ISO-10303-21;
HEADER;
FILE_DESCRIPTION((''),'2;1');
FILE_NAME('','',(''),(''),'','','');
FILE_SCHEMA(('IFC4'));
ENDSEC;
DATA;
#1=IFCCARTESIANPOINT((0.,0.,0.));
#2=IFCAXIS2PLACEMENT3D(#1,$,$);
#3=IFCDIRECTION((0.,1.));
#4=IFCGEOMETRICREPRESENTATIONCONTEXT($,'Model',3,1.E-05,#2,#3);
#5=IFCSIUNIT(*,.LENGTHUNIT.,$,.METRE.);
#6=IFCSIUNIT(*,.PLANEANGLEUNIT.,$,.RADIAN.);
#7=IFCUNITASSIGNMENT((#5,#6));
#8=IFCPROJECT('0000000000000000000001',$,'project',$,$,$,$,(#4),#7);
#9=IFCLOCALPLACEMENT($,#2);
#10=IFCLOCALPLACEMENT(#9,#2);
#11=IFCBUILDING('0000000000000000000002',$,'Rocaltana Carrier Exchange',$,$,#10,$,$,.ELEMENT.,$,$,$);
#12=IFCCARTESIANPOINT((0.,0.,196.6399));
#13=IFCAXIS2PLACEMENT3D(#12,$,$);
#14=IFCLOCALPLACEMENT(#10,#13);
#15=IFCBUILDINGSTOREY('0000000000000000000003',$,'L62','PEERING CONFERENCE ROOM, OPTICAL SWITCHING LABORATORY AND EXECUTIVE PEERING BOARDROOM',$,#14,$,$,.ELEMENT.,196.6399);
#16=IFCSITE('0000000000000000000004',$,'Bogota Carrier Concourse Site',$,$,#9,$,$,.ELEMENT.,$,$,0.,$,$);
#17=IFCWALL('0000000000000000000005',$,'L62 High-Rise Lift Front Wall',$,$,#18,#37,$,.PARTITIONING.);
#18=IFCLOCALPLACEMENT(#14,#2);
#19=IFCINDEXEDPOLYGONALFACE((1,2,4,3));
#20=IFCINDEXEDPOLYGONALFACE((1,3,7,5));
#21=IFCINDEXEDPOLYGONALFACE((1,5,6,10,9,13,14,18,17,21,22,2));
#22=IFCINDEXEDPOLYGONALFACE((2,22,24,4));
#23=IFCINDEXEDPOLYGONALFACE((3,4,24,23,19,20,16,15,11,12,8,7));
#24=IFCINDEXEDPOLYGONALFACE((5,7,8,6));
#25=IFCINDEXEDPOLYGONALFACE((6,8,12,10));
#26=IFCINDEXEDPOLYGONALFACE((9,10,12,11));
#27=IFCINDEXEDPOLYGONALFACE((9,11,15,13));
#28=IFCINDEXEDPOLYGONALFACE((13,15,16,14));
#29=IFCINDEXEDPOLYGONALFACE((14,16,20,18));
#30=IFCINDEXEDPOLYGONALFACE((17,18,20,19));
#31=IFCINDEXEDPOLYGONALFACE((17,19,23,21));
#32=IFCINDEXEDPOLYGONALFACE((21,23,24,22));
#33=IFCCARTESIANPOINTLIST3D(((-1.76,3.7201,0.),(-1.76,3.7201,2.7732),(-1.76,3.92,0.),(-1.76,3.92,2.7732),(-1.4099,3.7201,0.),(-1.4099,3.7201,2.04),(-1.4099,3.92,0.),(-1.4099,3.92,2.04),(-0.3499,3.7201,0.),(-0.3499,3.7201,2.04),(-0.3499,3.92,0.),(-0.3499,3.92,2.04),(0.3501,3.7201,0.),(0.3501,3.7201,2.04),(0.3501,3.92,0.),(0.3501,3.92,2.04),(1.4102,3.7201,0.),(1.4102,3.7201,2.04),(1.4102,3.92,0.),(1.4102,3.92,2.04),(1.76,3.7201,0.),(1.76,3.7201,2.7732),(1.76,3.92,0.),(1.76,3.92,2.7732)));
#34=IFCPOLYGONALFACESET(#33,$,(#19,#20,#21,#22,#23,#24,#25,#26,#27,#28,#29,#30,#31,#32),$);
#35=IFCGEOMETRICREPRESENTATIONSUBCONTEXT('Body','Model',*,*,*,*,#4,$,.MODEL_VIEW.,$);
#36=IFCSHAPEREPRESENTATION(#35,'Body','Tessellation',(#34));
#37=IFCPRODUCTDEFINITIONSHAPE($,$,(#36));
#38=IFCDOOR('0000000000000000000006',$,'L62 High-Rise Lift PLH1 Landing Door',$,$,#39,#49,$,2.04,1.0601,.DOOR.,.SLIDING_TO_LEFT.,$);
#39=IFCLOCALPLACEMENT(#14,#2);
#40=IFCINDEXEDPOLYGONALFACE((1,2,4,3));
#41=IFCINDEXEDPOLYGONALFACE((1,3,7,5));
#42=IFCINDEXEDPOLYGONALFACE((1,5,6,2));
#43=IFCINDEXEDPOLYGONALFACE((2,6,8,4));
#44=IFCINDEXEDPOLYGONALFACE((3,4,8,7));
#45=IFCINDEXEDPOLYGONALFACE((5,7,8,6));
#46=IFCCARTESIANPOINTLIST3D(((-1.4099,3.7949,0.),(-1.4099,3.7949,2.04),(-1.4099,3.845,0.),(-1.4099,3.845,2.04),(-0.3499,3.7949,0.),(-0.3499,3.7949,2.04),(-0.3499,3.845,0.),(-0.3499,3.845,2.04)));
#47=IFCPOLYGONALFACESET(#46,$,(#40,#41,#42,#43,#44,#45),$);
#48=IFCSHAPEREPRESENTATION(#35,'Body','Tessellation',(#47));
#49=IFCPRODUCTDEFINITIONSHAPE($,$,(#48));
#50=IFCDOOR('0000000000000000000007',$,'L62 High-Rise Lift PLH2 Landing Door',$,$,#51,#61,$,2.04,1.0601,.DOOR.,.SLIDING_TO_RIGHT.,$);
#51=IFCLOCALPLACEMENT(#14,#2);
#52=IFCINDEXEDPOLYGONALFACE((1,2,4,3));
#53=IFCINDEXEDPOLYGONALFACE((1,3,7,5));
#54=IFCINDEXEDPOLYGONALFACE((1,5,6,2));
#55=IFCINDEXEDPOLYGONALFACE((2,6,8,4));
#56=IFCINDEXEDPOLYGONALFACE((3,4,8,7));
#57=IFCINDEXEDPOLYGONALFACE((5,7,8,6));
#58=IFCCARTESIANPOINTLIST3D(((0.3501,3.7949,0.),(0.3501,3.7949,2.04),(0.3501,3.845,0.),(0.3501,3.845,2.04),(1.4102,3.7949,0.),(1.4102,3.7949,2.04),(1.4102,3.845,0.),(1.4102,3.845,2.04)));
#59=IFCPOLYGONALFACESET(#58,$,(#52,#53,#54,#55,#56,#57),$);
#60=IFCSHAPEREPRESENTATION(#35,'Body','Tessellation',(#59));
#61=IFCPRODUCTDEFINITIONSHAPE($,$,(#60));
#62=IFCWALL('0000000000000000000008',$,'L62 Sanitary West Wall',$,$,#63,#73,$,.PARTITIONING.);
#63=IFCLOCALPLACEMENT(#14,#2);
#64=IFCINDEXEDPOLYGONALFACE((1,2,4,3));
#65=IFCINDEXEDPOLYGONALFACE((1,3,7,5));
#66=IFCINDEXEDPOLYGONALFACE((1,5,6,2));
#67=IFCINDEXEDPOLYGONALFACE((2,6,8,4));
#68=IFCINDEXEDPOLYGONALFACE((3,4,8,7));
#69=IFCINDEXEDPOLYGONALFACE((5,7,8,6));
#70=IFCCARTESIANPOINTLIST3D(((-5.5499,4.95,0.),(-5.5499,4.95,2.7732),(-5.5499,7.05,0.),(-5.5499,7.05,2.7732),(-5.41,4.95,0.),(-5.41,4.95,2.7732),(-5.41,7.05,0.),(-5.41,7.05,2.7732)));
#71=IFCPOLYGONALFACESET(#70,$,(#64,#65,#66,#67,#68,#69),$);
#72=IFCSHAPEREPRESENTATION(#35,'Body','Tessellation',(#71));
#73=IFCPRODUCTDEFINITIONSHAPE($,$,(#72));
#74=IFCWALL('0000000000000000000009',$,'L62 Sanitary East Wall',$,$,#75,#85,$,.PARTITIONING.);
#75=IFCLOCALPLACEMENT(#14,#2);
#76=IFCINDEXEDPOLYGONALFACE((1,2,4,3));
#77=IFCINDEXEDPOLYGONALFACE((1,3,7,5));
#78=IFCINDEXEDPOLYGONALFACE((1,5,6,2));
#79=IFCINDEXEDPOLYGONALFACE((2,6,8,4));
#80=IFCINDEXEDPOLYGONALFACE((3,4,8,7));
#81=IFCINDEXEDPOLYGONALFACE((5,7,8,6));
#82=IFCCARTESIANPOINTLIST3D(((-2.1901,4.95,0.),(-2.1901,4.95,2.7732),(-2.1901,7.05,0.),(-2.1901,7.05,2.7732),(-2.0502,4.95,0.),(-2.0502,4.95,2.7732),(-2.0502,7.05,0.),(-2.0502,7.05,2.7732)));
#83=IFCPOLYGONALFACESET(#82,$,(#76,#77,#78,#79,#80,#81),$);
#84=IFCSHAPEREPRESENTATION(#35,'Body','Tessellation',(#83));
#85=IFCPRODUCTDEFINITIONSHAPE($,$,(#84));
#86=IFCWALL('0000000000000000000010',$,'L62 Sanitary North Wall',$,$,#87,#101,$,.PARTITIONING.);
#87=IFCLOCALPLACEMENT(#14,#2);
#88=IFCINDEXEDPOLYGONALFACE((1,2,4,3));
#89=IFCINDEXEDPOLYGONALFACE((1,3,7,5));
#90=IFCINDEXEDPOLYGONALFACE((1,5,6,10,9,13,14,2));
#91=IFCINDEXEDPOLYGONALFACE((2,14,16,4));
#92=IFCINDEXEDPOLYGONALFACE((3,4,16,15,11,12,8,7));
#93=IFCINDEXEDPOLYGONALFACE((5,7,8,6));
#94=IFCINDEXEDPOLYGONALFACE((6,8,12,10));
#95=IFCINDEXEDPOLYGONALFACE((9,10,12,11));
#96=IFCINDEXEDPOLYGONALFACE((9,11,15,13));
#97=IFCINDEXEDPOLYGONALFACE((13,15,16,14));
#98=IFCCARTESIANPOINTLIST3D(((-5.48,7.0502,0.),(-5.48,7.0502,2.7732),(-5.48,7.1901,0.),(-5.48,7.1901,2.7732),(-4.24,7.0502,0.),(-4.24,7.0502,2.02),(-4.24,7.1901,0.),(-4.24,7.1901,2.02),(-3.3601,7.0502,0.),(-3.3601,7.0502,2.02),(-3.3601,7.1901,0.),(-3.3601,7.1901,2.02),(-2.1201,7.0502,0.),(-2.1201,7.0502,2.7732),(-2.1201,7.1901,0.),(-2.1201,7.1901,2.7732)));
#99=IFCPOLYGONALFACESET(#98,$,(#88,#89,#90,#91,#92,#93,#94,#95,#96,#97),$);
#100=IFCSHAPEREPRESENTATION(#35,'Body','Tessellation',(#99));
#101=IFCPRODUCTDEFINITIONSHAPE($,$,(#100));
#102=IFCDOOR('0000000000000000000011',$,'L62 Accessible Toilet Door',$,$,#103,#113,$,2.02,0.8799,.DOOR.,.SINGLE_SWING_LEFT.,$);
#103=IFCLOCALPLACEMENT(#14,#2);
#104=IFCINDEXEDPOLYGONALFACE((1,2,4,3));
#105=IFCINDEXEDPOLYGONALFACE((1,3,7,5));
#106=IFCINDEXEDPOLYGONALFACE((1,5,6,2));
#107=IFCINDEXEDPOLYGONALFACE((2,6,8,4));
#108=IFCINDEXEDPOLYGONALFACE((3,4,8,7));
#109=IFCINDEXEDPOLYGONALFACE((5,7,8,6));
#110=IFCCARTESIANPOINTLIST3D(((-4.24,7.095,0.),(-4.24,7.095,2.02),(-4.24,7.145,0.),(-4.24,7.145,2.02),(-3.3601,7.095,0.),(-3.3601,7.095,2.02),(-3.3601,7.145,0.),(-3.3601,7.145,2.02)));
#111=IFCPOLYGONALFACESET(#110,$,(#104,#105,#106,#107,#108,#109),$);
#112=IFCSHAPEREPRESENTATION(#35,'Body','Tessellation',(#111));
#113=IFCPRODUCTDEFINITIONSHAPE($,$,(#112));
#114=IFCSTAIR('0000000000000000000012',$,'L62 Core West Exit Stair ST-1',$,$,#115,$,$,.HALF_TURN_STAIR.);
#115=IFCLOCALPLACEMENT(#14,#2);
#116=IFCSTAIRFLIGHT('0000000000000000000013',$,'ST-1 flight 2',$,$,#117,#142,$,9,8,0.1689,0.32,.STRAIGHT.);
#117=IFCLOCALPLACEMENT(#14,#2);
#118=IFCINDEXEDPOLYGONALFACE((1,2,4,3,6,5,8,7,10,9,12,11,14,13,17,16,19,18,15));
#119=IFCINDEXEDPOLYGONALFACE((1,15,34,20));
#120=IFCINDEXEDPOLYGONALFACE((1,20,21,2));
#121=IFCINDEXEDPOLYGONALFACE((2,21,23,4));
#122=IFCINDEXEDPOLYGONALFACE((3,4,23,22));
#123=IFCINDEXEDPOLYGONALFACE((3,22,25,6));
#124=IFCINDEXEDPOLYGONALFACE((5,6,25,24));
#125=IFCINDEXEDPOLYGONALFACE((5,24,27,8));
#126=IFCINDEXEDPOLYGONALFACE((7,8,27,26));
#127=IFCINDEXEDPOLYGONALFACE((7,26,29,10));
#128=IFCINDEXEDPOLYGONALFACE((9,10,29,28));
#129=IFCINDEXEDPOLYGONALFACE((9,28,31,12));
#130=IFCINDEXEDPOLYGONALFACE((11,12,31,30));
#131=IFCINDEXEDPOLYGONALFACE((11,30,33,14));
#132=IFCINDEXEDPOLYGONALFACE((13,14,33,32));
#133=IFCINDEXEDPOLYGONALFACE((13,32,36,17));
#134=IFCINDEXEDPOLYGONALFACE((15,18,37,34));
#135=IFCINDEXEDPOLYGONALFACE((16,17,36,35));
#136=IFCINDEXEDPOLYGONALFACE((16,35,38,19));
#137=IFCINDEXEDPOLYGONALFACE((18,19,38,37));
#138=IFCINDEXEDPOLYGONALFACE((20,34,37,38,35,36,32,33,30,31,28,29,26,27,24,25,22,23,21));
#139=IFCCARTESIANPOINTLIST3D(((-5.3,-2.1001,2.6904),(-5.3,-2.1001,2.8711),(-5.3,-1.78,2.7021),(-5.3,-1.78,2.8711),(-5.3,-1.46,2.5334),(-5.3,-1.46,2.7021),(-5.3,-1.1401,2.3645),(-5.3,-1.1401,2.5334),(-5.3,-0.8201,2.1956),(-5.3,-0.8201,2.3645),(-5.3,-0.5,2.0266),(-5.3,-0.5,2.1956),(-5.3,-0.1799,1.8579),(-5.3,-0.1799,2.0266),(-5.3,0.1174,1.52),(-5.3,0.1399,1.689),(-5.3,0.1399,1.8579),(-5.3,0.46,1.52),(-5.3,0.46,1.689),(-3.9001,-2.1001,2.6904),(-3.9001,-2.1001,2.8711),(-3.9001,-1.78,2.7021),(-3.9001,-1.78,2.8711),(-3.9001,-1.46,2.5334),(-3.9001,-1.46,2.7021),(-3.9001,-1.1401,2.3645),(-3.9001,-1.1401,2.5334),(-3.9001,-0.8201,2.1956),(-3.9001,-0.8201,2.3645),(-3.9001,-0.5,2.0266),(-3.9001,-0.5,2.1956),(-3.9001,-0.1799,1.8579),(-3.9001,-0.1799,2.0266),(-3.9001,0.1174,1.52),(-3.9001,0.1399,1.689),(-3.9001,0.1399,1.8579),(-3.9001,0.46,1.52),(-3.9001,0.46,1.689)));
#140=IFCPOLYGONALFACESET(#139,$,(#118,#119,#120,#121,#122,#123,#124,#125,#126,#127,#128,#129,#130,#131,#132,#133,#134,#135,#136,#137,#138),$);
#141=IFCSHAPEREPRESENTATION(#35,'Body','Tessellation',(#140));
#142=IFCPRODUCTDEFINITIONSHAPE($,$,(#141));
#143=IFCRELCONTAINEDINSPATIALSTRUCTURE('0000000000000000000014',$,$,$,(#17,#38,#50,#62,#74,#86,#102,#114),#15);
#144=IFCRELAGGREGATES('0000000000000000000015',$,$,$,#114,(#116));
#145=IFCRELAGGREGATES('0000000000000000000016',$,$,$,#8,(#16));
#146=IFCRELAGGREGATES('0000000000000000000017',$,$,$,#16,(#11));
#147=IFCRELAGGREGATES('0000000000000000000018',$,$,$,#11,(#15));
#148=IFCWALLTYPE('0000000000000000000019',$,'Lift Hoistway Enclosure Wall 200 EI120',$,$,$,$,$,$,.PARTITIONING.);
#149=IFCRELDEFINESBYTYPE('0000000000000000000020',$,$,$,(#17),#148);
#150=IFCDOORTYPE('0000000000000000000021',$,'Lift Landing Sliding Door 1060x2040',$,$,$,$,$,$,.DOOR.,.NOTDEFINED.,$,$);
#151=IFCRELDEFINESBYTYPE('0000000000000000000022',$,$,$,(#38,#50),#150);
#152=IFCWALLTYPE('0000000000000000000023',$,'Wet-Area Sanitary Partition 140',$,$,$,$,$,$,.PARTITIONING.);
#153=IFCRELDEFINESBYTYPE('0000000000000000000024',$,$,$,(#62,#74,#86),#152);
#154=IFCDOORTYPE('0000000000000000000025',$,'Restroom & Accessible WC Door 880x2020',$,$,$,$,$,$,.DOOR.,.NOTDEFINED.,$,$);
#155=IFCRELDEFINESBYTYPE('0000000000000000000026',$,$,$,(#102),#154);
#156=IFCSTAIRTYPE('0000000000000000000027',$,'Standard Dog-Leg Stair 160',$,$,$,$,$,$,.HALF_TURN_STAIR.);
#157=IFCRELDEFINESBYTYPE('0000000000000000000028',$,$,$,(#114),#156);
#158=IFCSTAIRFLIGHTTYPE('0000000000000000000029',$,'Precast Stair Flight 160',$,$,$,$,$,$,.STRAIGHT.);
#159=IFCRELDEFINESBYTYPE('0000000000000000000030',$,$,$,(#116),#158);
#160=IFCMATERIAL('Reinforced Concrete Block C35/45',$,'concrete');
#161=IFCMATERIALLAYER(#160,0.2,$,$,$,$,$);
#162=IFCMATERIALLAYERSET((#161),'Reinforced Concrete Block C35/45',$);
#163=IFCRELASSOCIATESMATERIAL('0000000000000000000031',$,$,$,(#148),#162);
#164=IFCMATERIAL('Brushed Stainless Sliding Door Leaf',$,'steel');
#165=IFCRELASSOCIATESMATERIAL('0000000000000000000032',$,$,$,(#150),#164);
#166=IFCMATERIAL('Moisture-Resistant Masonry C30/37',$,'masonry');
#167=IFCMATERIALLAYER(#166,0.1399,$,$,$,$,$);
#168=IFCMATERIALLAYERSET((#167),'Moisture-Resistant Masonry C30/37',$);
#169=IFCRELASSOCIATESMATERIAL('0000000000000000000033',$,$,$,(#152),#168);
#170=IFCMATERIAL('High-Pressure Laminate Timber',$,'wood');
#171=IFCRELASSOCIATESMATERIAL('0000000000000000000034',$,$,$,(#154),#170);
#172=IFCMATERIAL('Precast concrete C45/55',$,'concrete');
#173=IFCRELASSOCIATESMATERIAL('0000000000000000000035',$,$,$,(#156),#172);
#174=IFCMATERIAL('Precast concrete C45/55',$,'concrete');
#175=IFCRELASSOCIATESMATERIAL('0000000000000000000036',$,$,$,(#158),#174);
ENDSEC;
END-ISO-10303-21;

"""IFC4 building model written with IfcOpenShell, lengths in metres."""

from ifc_helpers import new_model, si_unit, direction, frame, frame_2d, origin, place, context, subcontext, project, spatial, polyline, rectangle, outline, extrude, material, layer, layer_set, type_object, element, fill, aggregate, save


model = new_model("IFC4")

# Units and contexts
model_context = context("Model", 3, precision=1e-05, world=origin(), true_north=direction((0.0, 1.0)))
body_context = subcontext(model_context, "Body", "Model", "MODEL_VIEW")
ifc_project = project(units=[si_unit("LENGTHUNIT", "METRE"), si_unit("PLANEANGLEUNIT", "RADIAN")], contexts=[model_context])

# Site, building, storey
site_placement = place(None, origin())
site = spatial("IfcSite", under=ifc_project, at=site_placement, Name="Bogota Carrier Concourse Site", CompositionType="ELEMENT", RefElevation=0.0)
building_placement = place(site_placement, origin())
building = spatial("IfcBuilding", under=site, at=building_placement, Name="Rocaltana Carrier Exchange", CompositionType="ELEMENT")
storey_placement = place(building_placement, frame((0.0, 0.0, 196.6399)))
storey = spatial("IfcBuildingStorey", under=building, at=storey_placement, Name="L62", Description="PEERING CONFERENCE ROOM, OPTICAL SWITCHING LABORATORY AND EXECUTIVE PEERING BOARDROOM", CompositionType="ELEMENT", Elevation=196.6399)

# Shared definitions
ifc_material_1 = material(Name="Reinforced Concrete Block C35/45", Category="concrete")
ifc_layer_1 = layer(ifc_material_1, 0.2)
ifc_layer_set_1 = layer_set([ifc_layer_1], Name="Reinforced Concrete Block C35/45")
wall_type_1 = type_object("IfcWallType", Name="Lift Hoistway Enclosure Wall 200 EI120", PredefinedType="PARTITIONING", material=ifc_layer_set_1)

# Wall, openings, doors
wall_1_placement = place(storey_placement, frame((-1.76, 3.8201, 0.0), z_axis=(0.0, 0.0, 1.0), x_axis=(1.0, 0.0, 0.0)))
wall_1 = element("IfcWall", 1, at=wall_1_placement, inside=storey, type_object=wall_type_1, Name="L62 High-Rise Lift Front Wall", PredefinedType="PARTITIONING", context=body_context, shape_type="SweptSolid", body=[
    extrude(rectangle(XDim=3.52, YDim=0.2, at=frame_2d((1.76, 0.0))), origin(), (0.0, 0.0, 1.0), 2.7732),
])
opening_1_placement = place(wall_1_placement, frame((0.3501, 0.0, 0.0)))
opening_1 = element("IfcOpeningElement", 2, at=opening_1_placement, cuts=wall_1, PredefinedType="OPENING", context=body_context, shape_type="SweptSolid", body=[
    extrude(rectangle(XDim=1.0601, YDim=2.04, at=frame_2d((0.53, 1.02))), frame((0.0, 0.1099, 0.0), z_axis=(0.0, -1.0, 0.0), x_axis=(1.0, 0.0, 0.0)), (0.0, 0.0, 1.0), 0.22),
])
opening_2_placement = place(wall_1_placement, frame((2.1101, 0.0, 0.0)))
opening_2 = element("IfcOpeningElement", 3, at=opening_2_placement, cuts=wall_1, PredefinedType="OPENING", context=body_context, shape_type="SweptSolid", body=[
    extrude(rectangle(XDim=1.0601, YDim=2.04, at=frame_2d((0.53, 1.02))), frame((0.0, 0.1099, 0.0), z_axis=(0.0, -1.0, 0.0), x_axis=(1.0, 0.0, 0.0)), (0.0, 0.0, 1.0), 0.22),
])
ifc_material_2 = material(Name="Brushed Stainless Sliding Door Leaf", Category="steel")
door_type_1 = type_object("IfcDoorType", Name="Lift Landing Sliding Door 1060x2040", OperationType="NOTDEFINED", PredefinedType="DOOR", material=ifc_material_2)
door_1_placement = place(opening_1_placement, origin())
door_1 = element("IfcDoor", 4, at=door_1_placement, inside=storey, type_object=door_type_1, Name="L62 High-Rise Lift PLH1 Landing Door", OperationType="SLIDING_TO_LEFT", OverallHeight=2.04, OverallWidth=1.0601, PredefinedType="DOOR", context=body_context, shape_type="SweptSolid", body=[
    extrude(rectangle(XDim=1.0601, YDim=2.04, at=frame_2d((0.53, 1.02))), frame((0.0, 0.0249, 0.0), z_axis=(0.0, -1.0, 0.0), x_axis=(1.0, 0.0, 0.0)), (0.0, 0.0, 1.0), 0.05),
])
fill(opening_1, door_1)
door_2_placement = place(opening_2_placement, origin())
door_2 = element("IfcDoor", 5, at=door_2_placement, inside=storey, type_object=door_type_1, Name="L62 High-Rise Lift PLH2 Landing Door", OperationType="SLIDING_TO_RIGHT", OverallHeight=2.04, OverallWidth=1.0601, PredefinedType="DOOR", context=body_context, shape_type="SweptSolid", body=[
    extrude(rectangle(XDim=1.0601, YDim=2.04, at=frame_2d((0.53, 1.02))), frame((0.0, 0.0249, 0.0), z_axis=(0.0, -1.0, 0.0), x_axis=(1.0, 0.0, 0.0)), (0.0, 0.0, 1.0), 0.05),
])
fill(opening_2, door_2)

# Walls
ifc_material_3 = material(Name="Moisture-Resistant Masonry C30/37", Category="masonry")
ifc_layer_2 = layer(ifc_material_3, 0.1399)
ifc_layer_set_2 = layer_set([ifc_layer_2], Name="Moisture-Resistant Masonry C30/37")
wall_type_2 = type_object("IfcWallType", Name="Wet-Area Sanitary Partition 140", PredefinedType="PARTITIONING", material=ifc_layer_set_2)
for number, where, z_axis, x_axis, name in (
    (6, (-5.48, 4.95, 0.0), (0.0, 0.0, 1.0), (0.0, 1.0, 0.0), "L62 Sanitary West Wall"),
    (7, (-2.1201, 4.95, 0.0), (0.0, 0.0, 1.0), (0.0, 1.0, 0.0), "L62 Sanitary East Wall"),
):
    element("IfcWall", number, at=place(storey_placement, frame(where, z_axis=z_axis, x_axis=x_axis)), inside=storey, type_object=wall_type_2, Name=name, PredefinedType="PARTITIONING", context=body_context, shape_type="SweptSolid", body=[
        extrude(rectangle(XDim=2.1001, YDim=0.1399, at=frame_2d((1.05, 0.0))), origin(), (0.0, 0.0, 1.0), 2.7732),
    ])

# Wall, opening, door
wall_2_placement = place(storey_placement, frame((-5.48, 7.1201, 0.0), z_axis=(0.0, 0.0, 1.0), x_axis=(1.0, 0.0, 0.0)))
wall_2 = element("IfcWall", 8, at=wall_2_placement, inside=storey, type_object=wall_type_2, Name="L62 Sanitary North Wall", PredefinedType="PARTITIONING", context=body_context, shape_type="SweptSolid", body=[
    extrude(rectangle(XDim=3.3599, YDim=0.1399, at=frame_2d((1.6799, 0.0))), origin(), (0.0, 0.0, 1.0), 2.7732),
])
opening_3_placement = place(wall_2_placement, frame((1.24, 0.0, 0.0)))
opening_3 = element("IfcOpeningElement", 9, at=opening_3_placement, cuts=wall_2, PredefinedType="OPENING", context=body_context, shape_type="SweptSolid", body=[
    extrude(rectangle(XDim=0.8799, YDim=2.02, at=frame_2d((0.4399, 1.01))), frame((0.0, 0.0798, 0.0), z_axis=(0.0, -1.0, 0.0), x_axis=(1.0, 0.0, 0.0)), (0.0, 0.0, 1.0), 0.1599),
])
ifc_material_4 = material(Name="High-Pressure Laminate Timber", Category="wood")
door_type_2 = type_object("IfcDoorType", Name="Restroom & Accessible WC Door 880x2020", OperationType="NOTDEFINED", PredefinedType="DOOR", material=ifc_material_4)
door_3_placement = place(opening_3_placement, origin())
door_3 = element("IfcDoor", 10, at=door_3_placement, inside=storey, type_object=door_type_2, Name="L62 Accessible Toilet Door", OperationType="SINGLE_SWING_LEFT", OverallHeight=2.02, OverallWidth=0.8799, PredefinedType="DOOR", context=body_context, shape_type="SweptSolid", body=[
    extrude(rectangle(XDim=0.8799, YDim=2.02, at=frame_2d((0.4399, 1.01))), frame((0.0, 0.0249, 0.0), z_axis=(0.0, -1.0, 0.0), x_axis=(1.0, 0.0, 0.0)), (0.0, 0.0, 1.0), 0.05),
])
fill(opening_3, door_3)

# Stair, stair flight
ifc_material_5 = material(Name="Precast concrete C45/55", Category="concrete")
stair_type = type_object("IfcStairType", Name="Standard Dog-Leg Stair 160", PredefinedType="HALF_TURN_STAIR", material=ifc_material_5)
stair_placement = place(storey_placement, origin())
stair = element("IfcStair", 11, at=stair_placement, inside=storey, type_object=stair_type, Name="L62 Core West Exit Stair ST-1", PredefinedType="HALF_TURN_STAIR")
ifc_material_6 = material(Name="Precast concrete C45/55", Category="concrete")
stair_flight_type = type_object("IfcStairFlightType", Name="Precast Stair Flight 160", PredefinedType="STRAIGHT", material=ifc_material_6)
stair_flight_placement = place(storey_placement, frame((-4.6001, 0.46, 1.52), z_axis=(0.0, 0.0, 1.0), x_axis=(0.0, -1.0, 0.0)))
stair_flight = element("IfcStairFlight", 12, at=stair_flight_placement, type_object=stair_flight_type, Name="ST-1 flight 2", NumberOfRisers=9, NumberOfTreads=8, PredefinedType="STRAIGHT", RiserHeight=0.1689, TreadLength=0.32, context=body_context, shape_type="SweptSolid", body=[
    extrude(outline(polyline([(0.0, 0.0), (0.0, 0.1689), (0.3201, 0.1689), (0.3201, 0.3379), (0.6399, 0.3379), (0.6399, 0.5066), (0.96, 0.5066), (0.96, 0.6755), (1.28, 0.6755), (1.28, 0.8445), (1.6001, 0.8445), (1.6001, 1.0134), (1.9199, 1.0134), (1.9199, 1.1821), (2.24, 1.1821), (2.24, 1.3511), (2.5601, 1.3511), (2.5601, 1.52), (2.5601, 1.1704), (0.3425, 0.0), (0.0, 0.0)])), frame((0.0, 0.7, 0.0), z_axis=(0.0, -1.0, 0.0), x_axis=(1.0, 0.0, 0.0)), (0.0, 0.0, 1.0), 1.3999),
])
aggregate(stair, [stair_flight])

save(model, "model.ifc")
